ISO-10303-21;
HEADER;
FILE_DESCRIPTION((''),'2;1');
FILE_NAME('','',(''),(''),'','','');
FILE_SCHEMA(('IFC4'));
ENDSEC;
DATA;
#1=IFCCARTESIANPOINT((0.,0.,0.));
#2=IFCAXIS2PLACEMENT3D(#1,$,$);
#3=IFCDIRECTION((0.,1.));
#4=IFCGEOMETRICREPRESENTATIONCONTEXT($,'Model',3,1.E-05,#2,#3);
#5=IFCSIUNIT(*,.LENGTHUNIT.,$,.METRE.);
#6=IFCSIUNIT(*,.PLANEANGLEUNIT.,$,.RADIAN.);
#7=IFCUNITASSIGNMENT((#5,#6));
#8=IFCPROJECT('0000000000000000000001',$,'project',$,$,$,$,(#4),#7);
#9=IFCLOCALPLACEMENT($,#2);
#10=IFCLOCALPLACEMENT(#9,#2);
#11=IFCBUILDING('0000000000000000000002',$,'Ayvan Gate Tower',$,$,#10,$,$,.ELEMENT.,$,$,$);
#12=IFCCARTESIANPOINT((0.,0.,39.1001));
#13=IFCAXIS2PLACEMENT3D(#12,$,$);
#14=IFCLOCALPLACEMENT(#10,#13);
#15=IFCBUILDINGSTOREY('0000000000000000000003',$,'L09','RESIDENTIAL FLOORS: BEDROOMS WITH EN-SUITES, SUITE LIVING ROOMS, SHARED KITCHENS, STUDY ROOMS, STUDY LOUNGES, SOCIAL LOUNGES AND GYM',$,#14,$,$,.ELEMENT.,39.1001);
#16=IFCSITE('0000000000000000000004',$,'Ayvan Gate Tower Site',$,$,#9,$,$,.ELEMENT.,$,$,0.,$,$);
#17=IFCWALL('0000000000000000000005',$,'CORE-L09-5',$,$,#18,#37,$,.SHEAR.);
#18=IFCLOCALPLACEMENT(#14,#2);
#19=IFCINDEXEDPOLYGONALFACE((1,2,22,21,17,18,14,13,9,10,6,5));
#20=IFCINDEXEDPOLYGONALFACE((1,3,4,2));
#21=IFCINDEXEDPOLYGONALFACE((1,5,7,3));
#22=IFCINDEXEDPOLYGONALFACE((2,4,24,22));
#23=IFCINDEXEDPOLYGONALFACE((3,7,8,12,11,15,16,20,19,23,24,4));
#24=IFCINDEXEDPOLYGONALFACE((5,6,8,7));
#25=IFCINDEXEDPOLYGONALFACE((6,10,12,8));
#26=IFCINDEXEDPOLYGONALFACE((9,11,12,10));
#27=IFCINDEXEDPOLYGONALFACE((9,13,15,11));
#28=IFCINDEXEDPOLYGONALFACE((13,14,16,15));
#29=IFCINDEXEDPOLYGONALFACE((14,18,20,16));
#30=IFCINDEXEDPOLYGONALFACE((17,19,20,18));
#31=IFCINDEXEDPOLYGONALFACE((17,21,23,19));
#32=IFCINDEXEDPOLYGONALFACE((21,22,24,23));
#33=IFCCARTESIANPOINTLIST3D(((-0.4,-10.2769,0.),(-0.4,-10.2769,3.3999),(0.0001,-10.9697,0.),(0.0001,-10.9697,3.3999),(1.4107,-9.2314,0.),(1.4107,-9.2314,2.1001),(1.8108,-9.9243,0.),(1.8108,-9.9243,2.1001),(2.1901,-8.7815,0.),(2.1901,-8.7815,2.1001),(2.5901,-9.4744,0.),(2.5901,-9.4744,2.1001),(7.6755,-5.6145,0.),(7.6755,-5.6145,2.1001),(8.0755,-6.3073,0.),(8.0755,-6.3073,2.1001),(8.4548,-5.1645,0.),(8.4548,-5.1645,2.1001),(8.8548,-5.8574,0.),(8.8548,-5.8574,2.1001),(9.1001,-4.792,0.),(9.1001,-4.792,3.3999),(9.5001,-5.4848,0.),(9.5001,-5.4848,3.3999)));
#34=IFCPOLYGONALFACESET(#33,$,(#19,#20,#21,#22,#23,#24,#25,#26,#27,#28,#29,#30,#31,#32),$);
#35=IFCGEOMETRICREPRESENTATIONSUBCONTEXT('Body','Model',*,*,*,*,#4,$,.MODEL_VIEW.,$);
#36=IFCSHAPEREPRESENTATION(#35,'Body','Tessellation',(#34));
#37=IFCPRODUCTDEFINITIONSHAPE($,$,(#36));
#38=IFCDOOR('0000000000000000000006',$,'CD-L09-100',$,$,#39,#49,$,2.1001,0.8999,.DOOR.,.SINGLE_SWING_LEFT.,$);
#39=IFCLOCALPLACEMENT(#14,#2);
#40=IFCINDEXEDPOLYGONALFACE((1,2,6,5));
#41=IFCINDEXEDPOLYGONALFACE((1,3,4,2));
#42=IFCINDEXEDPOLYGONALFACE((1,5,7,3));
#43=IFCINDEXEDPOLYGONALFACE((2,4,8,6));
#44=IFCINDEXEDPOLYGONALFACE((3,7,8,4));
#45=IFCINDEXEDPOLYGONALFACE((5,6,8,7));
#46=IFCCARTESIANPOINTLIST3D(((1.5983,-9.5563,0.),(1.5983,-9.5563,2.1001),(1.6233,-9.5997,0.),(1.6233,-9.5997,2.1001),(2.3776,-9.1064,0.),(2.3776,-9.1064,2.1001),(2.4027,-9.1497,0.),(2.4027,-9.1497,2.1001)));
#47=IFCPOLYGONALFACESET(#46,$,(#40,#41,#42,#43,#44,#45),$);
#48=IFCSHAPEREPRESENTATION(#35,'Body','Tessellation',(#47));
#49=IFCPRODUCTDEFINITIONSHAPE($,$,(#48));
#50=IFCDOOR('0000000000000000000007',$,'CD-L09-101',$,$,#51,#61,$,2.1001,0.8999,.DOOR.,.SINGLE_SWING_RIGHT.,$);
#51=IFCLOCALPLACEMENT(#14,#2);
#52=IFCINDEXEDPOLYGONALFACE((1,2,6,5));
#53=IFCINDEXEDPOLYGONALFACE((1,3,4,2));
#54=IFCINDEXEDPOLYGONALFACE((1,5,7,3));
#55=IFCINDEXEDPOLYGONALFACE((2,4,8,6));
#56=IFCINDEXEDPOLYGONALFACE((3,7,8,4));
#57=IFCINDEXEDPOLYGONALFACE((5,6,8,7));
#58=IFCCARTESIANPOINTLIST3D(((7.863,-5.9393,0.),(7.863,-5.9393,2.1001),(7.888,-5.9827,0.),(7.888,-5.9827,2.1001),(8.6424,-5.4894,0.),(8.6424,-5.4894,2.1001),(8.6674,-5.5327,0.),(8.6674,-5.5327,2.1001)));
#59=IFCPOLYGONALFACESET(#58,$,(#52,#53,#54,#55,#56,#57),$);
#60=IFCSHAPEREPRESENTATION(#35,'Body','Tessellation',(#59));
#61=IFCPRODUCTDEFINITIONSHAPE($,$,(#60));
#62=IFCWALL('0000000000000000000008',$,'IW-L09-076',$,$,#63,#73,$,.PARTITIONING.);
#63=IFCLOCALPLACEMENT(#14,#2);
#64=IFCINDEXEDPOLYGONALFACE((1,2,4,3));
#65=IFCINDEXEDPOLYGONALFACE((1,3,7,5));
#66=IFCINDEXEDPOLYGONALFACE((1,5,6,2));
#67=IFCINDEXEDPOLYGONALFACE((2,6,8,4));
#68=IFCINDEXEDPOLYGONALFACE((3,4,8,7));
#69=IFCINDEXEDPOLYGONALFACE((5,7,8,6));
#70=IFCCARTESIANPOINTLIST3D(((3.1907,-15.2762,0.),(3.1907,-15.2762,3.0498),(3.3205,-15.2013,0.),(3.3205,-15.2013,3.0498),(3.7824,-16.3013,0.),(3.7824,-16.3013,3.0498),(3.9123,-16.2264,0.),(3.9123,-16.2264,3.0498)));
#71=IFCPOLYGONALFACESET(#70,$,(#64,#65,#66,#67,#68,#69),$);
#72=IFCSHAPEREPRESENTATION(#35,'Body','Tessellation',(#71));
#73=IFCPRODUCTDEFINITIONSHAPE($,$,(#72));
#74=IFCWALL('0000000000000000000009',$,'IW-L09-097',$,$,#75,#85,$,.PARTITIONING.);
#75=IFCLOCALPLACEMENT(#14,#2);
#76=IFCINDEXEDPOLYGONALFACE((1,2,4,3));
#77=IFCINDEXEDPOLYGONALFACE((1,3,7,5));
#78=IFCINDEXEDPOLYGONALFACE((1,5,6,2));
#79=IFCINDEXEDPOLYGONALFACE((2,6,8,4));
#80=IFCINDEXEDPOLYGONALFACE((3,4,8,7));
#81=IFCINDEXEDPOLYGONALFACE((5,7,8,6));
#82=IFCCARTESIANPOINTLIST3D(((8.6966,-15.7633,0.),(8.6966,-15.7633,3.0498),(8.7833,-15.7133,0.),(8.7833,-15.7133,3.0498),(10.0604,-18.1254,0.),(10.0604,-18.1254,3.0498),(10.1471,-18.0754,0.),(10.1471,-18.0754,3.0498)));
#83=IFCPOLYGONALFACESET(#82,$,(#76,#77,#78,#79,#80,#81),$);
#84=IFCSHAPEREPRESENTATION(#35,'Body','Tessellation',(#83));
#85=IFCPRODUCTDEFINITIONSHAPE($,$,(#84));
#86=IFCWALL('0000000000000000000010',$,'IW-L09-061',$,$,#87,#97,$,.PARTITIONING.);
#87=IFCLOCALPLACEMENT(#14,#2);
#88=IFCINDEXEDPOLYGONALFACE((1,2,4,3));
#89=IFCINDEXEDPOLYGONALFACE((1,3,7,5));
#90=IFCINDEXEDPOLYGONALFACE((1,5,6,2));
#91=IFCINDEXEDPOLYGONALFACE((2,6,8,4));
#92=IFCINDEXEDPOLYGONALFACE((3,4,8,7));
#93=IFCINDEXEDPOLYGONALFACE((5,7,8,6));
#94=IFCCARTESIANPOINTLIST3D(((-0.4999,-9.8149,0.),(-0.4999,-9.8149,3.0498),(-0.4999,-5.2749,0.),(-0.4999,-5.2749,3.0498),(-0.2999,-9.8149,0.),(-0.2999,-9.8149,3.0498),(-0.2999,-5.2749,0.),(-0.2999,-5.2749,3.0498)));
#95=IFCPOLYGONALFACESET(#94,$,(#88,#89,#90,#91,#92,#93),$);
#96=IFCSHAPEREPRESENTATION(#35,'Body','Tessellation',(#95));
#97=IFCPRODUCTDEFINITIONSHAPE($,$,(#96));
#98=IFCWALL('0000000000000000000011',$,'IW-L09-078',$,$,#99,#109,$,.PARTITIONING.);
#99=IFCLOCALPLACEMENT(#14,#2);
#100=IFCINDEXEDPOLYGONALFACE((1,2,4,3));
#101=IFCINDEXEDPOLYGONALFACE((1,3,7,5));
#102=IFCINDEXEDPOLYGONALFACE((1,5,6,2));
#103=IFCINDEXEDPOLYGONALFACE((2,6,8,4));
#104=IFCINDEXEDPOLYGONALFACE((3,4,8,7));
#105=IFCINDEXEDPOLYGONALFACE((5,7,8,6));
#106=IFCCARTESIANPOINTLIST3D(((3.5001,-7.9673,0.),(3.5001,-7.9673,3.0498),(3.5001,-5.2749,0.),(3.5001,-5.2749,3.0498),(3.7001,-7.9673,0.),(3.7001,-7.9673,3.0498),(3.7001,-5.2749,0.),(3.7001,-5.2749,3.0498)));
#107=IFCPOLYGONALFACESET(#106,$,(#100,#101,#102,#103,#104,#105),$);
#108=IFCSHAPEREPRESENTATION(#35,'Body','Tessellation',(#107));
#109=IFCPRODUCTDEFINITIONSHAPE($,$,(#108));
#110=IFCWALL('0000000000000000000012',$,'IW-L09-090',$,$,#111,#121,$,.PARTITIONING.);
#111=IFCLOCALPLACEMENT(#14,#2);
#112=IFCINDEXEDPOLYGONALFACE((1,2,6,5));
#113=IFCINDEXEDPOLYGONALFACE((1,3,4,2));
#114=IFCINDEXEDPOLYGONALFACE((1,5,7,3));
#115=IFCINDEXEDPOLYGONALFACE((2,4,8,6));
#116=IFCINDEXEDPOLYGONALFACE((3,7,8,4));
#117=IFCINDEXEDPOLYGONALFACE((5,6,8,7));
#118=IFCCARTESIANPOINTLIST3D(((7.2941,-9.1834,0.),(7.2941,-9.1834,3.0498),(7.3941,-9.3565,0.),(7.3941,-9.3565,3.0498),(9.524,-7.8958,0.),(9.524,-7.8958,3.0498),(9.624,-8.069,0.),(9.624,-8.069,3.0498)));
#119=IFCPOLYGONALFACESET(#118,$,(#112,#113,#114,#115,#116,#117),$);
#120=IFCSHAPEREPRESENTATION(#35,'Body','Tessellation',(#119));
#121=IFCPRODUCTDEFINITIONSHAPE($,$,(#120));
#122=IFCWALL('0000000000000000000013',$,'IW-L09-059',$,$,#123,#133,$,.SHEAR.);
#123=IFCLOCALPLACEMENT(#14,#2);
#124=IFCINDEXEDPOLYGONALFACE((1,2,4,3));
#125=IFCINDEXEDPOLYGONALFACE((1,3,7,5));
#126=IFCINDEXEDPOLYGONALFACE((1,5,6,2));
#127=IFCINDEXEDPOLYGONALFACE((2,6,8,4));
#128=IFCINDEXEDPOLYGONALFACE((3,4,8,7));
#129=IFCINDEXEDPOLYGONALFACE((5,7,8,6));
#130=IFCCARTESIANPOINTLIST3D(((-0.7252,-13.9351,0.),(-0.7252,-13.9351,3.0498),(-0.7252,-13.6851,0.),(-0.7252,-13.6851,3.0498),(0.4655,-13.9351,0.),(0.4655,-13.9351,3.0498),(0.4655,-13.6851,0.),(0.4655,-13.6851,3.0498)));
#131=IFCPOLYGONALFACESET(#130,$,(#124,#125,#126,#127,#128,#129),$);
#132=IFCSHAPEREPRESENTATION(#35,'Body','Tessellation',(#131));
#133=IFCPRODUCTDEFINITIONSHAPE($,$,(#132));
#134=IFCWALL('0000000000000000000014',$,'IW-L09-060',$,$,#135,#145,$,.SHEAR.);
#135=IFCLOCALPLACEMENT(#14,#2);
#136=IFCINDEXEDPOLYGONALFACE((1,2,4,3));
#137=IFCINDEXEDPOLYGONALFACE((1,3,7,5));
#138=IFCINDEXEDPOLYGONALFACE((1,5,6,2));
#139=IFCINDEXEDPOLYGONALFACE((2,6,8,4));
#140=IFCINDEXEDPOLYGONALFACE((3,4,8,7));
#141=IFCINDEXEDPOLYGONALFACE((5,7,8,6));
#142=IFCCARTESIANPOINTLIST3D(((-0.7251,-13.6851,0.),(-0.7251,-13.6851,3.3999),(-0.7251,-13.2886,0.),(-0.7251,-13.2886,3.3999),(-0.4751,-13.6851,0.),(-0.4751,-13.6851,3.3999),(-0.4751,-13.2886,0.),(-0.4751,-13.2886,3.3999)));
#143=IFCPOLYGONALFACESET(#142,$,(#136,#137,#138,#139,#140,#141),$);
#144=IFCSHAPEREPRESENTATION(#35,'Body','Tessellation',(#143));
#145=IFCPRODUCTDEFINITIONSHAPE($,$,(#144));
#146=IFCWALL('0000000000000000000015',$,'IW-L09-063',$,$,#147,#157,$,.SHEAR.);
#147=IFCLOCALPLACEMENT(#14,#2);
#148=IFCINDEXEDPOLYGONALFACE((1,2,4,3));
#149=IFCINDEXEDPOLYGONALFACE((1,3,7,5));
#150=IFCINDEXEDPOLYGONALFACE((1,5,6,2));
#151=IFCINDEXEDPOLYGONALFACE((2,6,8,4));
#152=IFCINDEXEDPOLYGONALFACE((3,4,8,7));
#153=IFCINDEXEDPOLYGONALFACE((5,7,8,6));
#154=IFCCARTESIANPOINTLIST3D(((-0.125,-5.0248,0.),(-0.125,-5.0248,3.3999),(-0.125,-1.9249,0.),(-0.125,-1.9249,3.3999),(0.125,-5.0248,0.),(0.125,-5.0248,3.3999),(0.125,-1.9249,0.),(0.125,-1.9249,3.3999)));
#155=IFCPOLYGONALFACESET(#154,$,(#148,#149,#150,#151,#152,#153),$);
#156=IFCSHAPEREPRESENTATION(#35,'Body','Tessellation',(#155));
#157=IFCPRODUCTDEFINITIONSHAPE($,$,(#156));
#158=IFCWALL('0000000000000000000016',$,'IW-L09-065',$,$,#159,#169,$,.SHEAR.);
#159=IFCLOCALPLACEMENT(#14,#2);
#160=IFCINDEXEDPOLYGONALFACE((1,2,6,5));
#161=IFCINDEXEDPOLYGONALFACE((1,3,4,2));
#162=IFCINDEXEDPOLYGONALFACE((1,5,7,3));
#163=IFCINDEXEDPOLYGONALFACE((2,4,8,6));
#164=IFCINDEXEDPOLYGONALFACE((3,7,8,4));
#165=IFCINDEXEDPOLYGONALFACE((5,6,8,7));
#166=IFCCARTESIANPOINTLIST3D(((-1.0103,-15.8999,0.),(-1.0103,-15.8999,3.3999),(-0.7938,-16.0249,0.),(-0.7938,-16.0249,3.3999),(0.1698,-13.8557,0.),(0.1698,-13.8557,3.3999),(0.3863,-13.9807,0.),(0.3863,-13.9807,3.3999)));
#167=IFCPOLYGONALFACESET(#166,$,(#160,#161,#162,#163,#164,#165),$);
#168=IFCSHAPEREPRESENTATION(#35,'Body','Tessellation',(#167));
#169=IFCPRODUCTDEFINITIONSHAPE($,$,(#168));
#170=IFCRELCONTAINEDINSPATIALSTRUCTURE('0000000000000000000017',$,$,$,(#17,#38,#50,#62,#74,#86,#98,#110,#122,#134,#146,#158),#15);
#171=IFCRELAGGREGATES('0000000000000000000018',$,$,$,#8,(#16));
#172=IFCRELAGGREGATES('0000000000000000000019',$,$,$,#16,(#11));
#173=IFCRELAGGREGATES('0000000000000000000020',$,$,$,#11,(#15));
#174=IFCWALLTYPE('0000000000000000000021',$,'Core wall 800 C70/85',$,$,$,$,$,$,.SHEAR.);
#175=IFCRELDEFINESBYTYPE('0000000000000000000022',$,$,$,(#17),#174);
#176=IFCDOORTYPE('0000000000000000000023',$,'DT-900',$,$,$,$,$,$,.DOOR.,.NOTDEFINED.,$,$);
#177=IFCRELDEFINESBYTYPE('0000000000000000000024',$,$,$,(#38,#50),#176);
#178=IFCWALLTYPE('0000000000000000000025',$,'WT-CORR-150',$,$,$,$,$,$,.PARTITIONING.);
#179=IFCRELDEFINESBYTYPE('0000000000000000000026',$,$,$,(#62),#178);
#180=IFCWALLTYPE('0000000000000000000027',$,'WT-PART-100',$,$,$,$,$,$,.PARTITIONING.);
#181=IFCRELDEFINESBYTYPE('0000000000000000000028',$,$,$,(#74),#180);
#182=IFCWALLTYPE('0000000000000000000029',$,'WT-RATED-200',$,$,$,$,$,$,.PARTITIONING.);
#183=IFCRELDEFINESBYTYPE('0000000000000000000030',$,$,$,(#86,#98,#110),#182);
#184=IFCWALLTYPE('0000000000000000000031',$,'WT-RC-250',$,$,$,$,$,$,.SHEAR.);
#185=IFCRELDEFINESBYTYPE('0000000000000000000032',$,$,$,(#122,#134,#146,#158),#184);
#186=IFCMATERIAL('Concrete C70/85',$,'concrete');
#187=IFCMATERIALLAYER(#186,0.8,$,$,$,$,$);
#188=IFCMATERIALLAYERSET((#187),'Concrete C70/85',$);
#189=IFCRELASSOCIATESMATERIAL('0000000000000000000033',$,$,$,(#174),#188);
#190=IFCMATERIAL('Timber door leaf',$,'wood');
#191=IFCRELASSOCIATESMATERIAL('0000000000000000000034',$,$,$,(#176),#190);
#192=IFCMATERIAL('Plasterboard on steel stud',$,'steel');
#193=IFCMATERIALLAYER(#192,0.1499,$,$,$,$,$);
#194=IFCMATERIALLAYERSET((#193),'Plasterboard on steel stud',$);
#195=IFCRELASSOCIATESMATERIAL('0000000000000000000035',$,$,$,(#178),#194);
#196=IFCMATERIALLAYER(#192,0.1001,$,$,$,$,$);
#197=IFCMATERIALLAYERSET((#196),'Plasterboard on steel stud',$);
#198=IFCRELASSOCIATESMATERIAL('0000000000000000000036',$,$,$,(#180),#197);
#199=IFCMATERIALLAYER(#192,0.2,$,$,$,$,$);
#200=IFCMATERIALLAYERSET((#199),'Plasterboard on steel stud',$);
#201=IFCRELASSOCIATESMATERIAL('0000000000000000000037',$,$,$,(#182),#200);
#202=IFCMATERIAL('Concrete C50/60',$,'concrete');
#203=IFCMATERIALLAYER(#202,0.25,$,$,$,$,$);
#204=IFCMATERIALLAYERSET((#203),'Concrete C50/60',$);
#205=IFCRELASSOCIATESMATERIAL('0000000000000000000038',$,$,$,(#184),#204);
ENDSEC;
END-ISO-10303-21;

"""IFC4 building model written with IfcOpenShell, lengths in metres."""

from ifc_helpers import new_model, si_unit, direction, frame, frame_2d, origin, place, context, subcontext, project, spatial, rectangle, extrude, material, layer, layer_set, type_object, element, fill, save


model = new_model("IFC4")

# Units and contexts
model_context = context("Model", 3, precision=1e-05, world=origin(), true_north=direction((0.0, 1.0)))
body_context = subcontext(model_context, "Body", "Model", "MODEL_VIEW")
ifc_project = project(units=[si_unit("LENGTHUNIT", "METRE"), si_unit("PLANEANGLEUNIT", "RADIAN")], contexts=[model_context])

# Site, building, storey
site_placement = place(None, origin())
site = spatial("IfcSite", under=ifc_project, at=site_placement, Name="Ayvan Gate Tower Site", CompositionType="ELEMENT", RefElevation=0.0)
building_placement = place(site_placement, origin())
building = spatial("IfcBuilding", under=site, at=building_placement, Name="Ayvan Gate Tower", CompositionType="ELEMENT")
storey_placement = place(building_placement, frame((0.0, 0.0, 39.1001)))
storey = spatial("IfcBuildingStorey", under=building, at=storey_placement, Name="L09", Description="RESIDENTIAL FLOORS: BEDROOMS WITH EN-SUITES, SUITE LIVING ROOMS, SHARED KITCHENS, STUDY ROOMS, STUDY LOUNGES, SOCIAL LOUNGES AND GYM", CompositionType="ELEMENT", Elevation=39.1001)

# Wall, openings, doors
ifc_material_1 = material(Name="Concrete C70/85", Category="concrete")
ifc_layer_1 = layer(ifc_material_1, 0.8)
ifc_layer_set_1 = layer_set([ifc_layer_1], Name="Concrete C70/85")
wall_type_1 = type_object("IfcWallType", Name="Core wall 800 C70/85", PredefinedType="SHEAR", material=ifc_layer_set_1)
wall_1_placement = place(storey_placement, frame((-0.2, -10.6233, 0.0), z_axis=(0.0, 0.0, 1.0), x_axis=(0.866024, 0.500002, 0.0)))
wall_1 = element("IfcWall", 1, at=wall_1_placement, inside=storey, type_object=wall_type_1, Name="CORE-L09-5", PredefinedType="SHEAR", context=body_context, shape_type="SweptSolid", body=[
    extrude(rectangle(XDim=10.9697, YDim=0.8, at=frame_2d((5.4849, 0.0))), origin(), (0.0, 0.0, 1.0), 3.3999),
])
opening_1_placement = place(wall_1_placement, frame((2.0908, 0.0, 0.0)))
opening_1 = element("IfcOpeningElement", 2, at=opening_1_placement, cuts=wall_1, PredefinedType="OPENING", context=body_context, shape_type="SweptSolid", body=[
    extrude(rectangle(XDim=0.8999, YDim=2.1001, at=frame_2d((0.45, 1.05))), frame((0.0, 0.4099, 0.0), z_axis=(0.0, -1.0, 0.0), x_axis=(1.0, 0.0, 0.0)), (0.0, 0.0, 1.0), 0.8201),
])
opening_2_placement = place(wall_1_placement, frame((9.3247, 0.0, 0.0)))
opening_2 = element("IfcOpeningElement", 3, at=opening_2_placement, cuts=wall_1, PredefinedType="OPENING", context=body_context, shape_type="SweptSolid", body=[
    extrude(rectangle(XDim=0.8999, YDim=2.1001, at=frame_2d((0.45, 1.05))), frame((0.0, 0.4099, 0.0), z_axis=(0.0, -1.0, 0.0), x_axis=(1.0, 0.0, 0.0)), (0.0, 0.0, 1.0), 0.8201),
])
ifc_material_2 = material(Name="Timber door leaf", Category="wood")
door_type_1 = type_object("IfcDoorType", Name="DT-900", OperationType="NOTDEFINED", PredefinedType="DOOR", material=ifc_material_2)
door_1_placement = place(opening_1_placement, origin())
door_1 = element("IfcDoor", 4, at=door_1_placement, inside=storey, type_object=door_type_1, Name="CD-L09-100", OperationType="SINGLE_SWING_LEFT", OverallHeight=2.1001, OverallWidth=0.8999, PredefinedType="DOOR", context=body_context, shape_type="SweptSolid", body=[
    extrude(rectangle(XDim=0.8999, YDim=2.1001, at=frame_2d((0.45, 1.05))), frame((0.0, 0.0249, 0.0), z_axis=(0.0, -1.0, 0.0), x_axis=(1.0, 0.0, 0.0)), (0.0, 0.0, 1.0), 0.05),
])
fill(opening_1, door_1)
door_2_placement = place(opening_2_placement, origin())
door_2 = element("IfcDoor", 5, at=door_2_placement, inside=storey, type_object=door_type_1, Name="CD-L09-101", OperationType="SINGLE_SWING_RIGHT", OverallHeight=2.1001, OverallWidth=0.8999, PredefinedType="DOOR", context=body_context, shape_type="SweptSolid", body=[
    extrude(rectangle(XDim=0.8999, YDim=2.1001, at=frame_2d((0.45, 1.05))), frame((0.0, 0.0249, 0.0), z_axis=(0.0, -1.0, 0.0), x_axis=(1.0, 0.0, 0.0)), (0.0, 0.0, 1.0), 0.05),
])
fill(opening_2, door_2)

# Walls
ifc_material_3 = material(Name="Plasterboard on steel stud", Category="steel")
ifc_layer_2 = layer(ifc_material_3, 0.1499)
ifc_layer_set_2 = layer_set([ifc_layer_2], Name="Plasterboard on steel stud")
wall_type_2 = type_object("IfcWallType", Name="WT-CORR-150", PredefinedType="PARTITIONING", material=ifc_layer_set_2)
wall_2_placement = place(storey_placement, frame((3.2556, -15.2388, 0.0), z_axis=(0.0, 0.0, 1.0), x_axis=(0.499955, -0.866052, 0.0)))
element("IfcWall", 6, at=wall_2_placement, inside=storey, type_object=wall_type_2, Name="IW-L09-076", PredefinedType="PARTITIONING", context=body_context, shape_type="SweptSolid", body=[
    extrude(rectangle(XDim=1.1836, YDim=0.1499, at=frame_2d((0.5918, 0.0))), origin(), (0.0, 0.0, 1.0), 3.0498),
])
ifc_layer_3 = layer(ifc_material_3, 0.1001)
ifc_layer_set_3 = layer_set([ifc_layer_3], Name="Plasterboard on steel stud")
wall_type_3 = type_object("IfcWallType", Name="WT-PART-100", PredefinedType="PARTITIONING", material=ifc_layer_set_3)
wall_3_placement = place(storey_placement, frame((8.74, -15.7383, 0.0), z_axis=(0.0, 0.0, 1.0), x_axis=(0.500009, -0.86602, 0.0)))
element("IfcWall", 7, at=wall_3_placement, inside=storey, type_object=wall_type_3, Name="IW-L09-097", PredefinedType="PARTITIONING", context=body_context, shape_type="SweptSolid", body=[
    extrude(rectangle(XDim=2.7275, YDim=0.1001, at=frame_2d((1.3638, 0.0))), origin(), (0.0, 0.0, 1.0), 3.0498),
])
ifc_layer_4 = layer(ifc_material_3, 0.2)
ifc_layer_set_4 = layer_set([ifc_layer_4], Name="Plasterboard on steel stud")
wall_type_4 = type_object("IfcWallType", Name="WT-RATED-200", PredefinedType="PARTITIONING", material=ifc_layer_set_4)
wall_4_placement = place(storey_placement, frame((-0.3999, -5.2749, 0.0), z_axis=(0.0, 0.0, 1.0), x_axis=(0.0, -1.0, 0.0)))
element("IfcWall", 8, at=wall_4_placement, inside=storey, type_object=wall_type_4, Name="IW-L09-061", PredefinedType="PARTITIONING", context=body_context, shape_type="SweptSolid", body=[
    extrude(rectangle(XDim=4.54, YDim=0.2, at=frame_2d((2.27, 0.0))), origin(), (0.0, 0.0, 1.0), 3.0498),
])
wall_5_placement = place(storey_placement, frame((3.6001, -5.2749, 0.0), z_axis=(0.0, 0.0, 1.0), x_axis=(0.0, -1.0, 0.0)))
element("IfcWall", 9, at=wall_5_placement, inside=storey, type_object=wall_type_4, Name="IW-L09-078", PredefinedType="PARTITIONING", context=body_context, shape_type="SweptSolid", body=[
    extrude(rectangle(XDim=2.6924, YDim=0.2, at=frame_2d((1.3462, 0.0))), origin(), (0.0, 0.0, 1.0), 3.0498),
])
wall_6_placement = place(storey_placement, frame((7.344, -9.27, 0.0), z_axis=(0.0, 0.0, 1.0), x_axis=(0.866006, 0.500034, 0.0)))
element("IfcWall", 10, at=wall_6_placement, inside=storey, type_object=wall_type_4, Name="IW-L09-090", PredefinedType="PARTITIONING", context=body_context, shape_type="SweptSolid", body=[
    extrude(rectangle(XDim=2.575, YDim=0.2, at=frame_2d((1.2876, 0.0))), origin(), (0.0, 0.0, 1.0), 3.0498),
])
ifc_material_4 = material(Name="Concrete C50/60", Category="concrete")
ifc_layer_5 = layer(ifc_material_4, 0.25)
ifc_layer_set_5 = layer_set([ifc_layer_5], Name="Concrete C50/60")
wall_type_5 = type_object("IfcWallType", Name="WT-RC-250", PredefinedType="SHEAR", material=ifc_layer_set_5)
wall_7_placement = place(storey_placement, frame((-0.7251, -13.8101, 0.0), z_axis=(0.0, 0.0, 1.0), x_axis=(1.0, 0.0, 0.0)))
element("IfcWall", 11, at=wall_7_placement, inside=storey, type_object=wall_type_5, Name="IW-L09-059", PredefinedType="SHEAR", context=body_context, shape_type="SweptSolid", body=[
    extrude(rectangle(XDim=1.1907, YDim=0.25, at=frame_2d((0.5952, 0.0))), origin(), (0.0, 0.0, 1.0), 3.0498),
])
wall_8_placement = place(storey_placement, frame((-0.6001, -13.2886, 0.0), z_axis=(0.0, 0.0, 1.0), x_axis=(0.0, -1.0, 0.0)))
element("IfcWall", 12, at=wall_8_placement, inside=storey, type_object=wall_type_5, Name="IW-L09-060", PredefinedType="SHEAR", context=body_context, shape_type="SweptSolid", body=[
    extrude(rectangle(XDim=0.3965, YDim=0.25, at=frame_2d((0.1982, 0.0))), origin(), (0.0, 0.0, 1.0), 3.3999),
])
wall_9_placement = place(storey_placement, frame((0.0, -1.925, 0.0), z_axis=(0.0, 0.0, 1.0), x_axis=(0.0, -1.0, 0.0)))
element("IfcWall", 13, at=wall_9_placement, inside=storey, type_object=wall_type_5, Name="IW-L09-063", PredefinedType="SHEAR", context=body_context, shape_type="SweptSolid", body=[
    extrude(rectangle(XDim=3.0999, YDim=0.25, at=frame_2d((1.5498, 0.0))), origin(), (0.0, 0.0, 1.0), 3.3999),
])
wall_10_placement = place(storey_placement, frame((0.2781, -13.9182, 0.0), z_axis=(0.0, 0.0, 1.0), x_axis=(-0.499988, -0.866032, 0.0)))
element("IfcWall", 14, at=wall_10_placement, inside=storey, type_object=wall_type_5, Name="IW-L09-065", PredefinedType="SHEAR", context=body_context, shape_type="SweptSolid", body=[
    extrude(rectangle(XDim=2.3604, YDim=0.25, at=frame_2d((1.1802, 0.0))), origin(), (0.0, 0.0, 1.0), 3.3999),
])

save(model, "model.ifc")
